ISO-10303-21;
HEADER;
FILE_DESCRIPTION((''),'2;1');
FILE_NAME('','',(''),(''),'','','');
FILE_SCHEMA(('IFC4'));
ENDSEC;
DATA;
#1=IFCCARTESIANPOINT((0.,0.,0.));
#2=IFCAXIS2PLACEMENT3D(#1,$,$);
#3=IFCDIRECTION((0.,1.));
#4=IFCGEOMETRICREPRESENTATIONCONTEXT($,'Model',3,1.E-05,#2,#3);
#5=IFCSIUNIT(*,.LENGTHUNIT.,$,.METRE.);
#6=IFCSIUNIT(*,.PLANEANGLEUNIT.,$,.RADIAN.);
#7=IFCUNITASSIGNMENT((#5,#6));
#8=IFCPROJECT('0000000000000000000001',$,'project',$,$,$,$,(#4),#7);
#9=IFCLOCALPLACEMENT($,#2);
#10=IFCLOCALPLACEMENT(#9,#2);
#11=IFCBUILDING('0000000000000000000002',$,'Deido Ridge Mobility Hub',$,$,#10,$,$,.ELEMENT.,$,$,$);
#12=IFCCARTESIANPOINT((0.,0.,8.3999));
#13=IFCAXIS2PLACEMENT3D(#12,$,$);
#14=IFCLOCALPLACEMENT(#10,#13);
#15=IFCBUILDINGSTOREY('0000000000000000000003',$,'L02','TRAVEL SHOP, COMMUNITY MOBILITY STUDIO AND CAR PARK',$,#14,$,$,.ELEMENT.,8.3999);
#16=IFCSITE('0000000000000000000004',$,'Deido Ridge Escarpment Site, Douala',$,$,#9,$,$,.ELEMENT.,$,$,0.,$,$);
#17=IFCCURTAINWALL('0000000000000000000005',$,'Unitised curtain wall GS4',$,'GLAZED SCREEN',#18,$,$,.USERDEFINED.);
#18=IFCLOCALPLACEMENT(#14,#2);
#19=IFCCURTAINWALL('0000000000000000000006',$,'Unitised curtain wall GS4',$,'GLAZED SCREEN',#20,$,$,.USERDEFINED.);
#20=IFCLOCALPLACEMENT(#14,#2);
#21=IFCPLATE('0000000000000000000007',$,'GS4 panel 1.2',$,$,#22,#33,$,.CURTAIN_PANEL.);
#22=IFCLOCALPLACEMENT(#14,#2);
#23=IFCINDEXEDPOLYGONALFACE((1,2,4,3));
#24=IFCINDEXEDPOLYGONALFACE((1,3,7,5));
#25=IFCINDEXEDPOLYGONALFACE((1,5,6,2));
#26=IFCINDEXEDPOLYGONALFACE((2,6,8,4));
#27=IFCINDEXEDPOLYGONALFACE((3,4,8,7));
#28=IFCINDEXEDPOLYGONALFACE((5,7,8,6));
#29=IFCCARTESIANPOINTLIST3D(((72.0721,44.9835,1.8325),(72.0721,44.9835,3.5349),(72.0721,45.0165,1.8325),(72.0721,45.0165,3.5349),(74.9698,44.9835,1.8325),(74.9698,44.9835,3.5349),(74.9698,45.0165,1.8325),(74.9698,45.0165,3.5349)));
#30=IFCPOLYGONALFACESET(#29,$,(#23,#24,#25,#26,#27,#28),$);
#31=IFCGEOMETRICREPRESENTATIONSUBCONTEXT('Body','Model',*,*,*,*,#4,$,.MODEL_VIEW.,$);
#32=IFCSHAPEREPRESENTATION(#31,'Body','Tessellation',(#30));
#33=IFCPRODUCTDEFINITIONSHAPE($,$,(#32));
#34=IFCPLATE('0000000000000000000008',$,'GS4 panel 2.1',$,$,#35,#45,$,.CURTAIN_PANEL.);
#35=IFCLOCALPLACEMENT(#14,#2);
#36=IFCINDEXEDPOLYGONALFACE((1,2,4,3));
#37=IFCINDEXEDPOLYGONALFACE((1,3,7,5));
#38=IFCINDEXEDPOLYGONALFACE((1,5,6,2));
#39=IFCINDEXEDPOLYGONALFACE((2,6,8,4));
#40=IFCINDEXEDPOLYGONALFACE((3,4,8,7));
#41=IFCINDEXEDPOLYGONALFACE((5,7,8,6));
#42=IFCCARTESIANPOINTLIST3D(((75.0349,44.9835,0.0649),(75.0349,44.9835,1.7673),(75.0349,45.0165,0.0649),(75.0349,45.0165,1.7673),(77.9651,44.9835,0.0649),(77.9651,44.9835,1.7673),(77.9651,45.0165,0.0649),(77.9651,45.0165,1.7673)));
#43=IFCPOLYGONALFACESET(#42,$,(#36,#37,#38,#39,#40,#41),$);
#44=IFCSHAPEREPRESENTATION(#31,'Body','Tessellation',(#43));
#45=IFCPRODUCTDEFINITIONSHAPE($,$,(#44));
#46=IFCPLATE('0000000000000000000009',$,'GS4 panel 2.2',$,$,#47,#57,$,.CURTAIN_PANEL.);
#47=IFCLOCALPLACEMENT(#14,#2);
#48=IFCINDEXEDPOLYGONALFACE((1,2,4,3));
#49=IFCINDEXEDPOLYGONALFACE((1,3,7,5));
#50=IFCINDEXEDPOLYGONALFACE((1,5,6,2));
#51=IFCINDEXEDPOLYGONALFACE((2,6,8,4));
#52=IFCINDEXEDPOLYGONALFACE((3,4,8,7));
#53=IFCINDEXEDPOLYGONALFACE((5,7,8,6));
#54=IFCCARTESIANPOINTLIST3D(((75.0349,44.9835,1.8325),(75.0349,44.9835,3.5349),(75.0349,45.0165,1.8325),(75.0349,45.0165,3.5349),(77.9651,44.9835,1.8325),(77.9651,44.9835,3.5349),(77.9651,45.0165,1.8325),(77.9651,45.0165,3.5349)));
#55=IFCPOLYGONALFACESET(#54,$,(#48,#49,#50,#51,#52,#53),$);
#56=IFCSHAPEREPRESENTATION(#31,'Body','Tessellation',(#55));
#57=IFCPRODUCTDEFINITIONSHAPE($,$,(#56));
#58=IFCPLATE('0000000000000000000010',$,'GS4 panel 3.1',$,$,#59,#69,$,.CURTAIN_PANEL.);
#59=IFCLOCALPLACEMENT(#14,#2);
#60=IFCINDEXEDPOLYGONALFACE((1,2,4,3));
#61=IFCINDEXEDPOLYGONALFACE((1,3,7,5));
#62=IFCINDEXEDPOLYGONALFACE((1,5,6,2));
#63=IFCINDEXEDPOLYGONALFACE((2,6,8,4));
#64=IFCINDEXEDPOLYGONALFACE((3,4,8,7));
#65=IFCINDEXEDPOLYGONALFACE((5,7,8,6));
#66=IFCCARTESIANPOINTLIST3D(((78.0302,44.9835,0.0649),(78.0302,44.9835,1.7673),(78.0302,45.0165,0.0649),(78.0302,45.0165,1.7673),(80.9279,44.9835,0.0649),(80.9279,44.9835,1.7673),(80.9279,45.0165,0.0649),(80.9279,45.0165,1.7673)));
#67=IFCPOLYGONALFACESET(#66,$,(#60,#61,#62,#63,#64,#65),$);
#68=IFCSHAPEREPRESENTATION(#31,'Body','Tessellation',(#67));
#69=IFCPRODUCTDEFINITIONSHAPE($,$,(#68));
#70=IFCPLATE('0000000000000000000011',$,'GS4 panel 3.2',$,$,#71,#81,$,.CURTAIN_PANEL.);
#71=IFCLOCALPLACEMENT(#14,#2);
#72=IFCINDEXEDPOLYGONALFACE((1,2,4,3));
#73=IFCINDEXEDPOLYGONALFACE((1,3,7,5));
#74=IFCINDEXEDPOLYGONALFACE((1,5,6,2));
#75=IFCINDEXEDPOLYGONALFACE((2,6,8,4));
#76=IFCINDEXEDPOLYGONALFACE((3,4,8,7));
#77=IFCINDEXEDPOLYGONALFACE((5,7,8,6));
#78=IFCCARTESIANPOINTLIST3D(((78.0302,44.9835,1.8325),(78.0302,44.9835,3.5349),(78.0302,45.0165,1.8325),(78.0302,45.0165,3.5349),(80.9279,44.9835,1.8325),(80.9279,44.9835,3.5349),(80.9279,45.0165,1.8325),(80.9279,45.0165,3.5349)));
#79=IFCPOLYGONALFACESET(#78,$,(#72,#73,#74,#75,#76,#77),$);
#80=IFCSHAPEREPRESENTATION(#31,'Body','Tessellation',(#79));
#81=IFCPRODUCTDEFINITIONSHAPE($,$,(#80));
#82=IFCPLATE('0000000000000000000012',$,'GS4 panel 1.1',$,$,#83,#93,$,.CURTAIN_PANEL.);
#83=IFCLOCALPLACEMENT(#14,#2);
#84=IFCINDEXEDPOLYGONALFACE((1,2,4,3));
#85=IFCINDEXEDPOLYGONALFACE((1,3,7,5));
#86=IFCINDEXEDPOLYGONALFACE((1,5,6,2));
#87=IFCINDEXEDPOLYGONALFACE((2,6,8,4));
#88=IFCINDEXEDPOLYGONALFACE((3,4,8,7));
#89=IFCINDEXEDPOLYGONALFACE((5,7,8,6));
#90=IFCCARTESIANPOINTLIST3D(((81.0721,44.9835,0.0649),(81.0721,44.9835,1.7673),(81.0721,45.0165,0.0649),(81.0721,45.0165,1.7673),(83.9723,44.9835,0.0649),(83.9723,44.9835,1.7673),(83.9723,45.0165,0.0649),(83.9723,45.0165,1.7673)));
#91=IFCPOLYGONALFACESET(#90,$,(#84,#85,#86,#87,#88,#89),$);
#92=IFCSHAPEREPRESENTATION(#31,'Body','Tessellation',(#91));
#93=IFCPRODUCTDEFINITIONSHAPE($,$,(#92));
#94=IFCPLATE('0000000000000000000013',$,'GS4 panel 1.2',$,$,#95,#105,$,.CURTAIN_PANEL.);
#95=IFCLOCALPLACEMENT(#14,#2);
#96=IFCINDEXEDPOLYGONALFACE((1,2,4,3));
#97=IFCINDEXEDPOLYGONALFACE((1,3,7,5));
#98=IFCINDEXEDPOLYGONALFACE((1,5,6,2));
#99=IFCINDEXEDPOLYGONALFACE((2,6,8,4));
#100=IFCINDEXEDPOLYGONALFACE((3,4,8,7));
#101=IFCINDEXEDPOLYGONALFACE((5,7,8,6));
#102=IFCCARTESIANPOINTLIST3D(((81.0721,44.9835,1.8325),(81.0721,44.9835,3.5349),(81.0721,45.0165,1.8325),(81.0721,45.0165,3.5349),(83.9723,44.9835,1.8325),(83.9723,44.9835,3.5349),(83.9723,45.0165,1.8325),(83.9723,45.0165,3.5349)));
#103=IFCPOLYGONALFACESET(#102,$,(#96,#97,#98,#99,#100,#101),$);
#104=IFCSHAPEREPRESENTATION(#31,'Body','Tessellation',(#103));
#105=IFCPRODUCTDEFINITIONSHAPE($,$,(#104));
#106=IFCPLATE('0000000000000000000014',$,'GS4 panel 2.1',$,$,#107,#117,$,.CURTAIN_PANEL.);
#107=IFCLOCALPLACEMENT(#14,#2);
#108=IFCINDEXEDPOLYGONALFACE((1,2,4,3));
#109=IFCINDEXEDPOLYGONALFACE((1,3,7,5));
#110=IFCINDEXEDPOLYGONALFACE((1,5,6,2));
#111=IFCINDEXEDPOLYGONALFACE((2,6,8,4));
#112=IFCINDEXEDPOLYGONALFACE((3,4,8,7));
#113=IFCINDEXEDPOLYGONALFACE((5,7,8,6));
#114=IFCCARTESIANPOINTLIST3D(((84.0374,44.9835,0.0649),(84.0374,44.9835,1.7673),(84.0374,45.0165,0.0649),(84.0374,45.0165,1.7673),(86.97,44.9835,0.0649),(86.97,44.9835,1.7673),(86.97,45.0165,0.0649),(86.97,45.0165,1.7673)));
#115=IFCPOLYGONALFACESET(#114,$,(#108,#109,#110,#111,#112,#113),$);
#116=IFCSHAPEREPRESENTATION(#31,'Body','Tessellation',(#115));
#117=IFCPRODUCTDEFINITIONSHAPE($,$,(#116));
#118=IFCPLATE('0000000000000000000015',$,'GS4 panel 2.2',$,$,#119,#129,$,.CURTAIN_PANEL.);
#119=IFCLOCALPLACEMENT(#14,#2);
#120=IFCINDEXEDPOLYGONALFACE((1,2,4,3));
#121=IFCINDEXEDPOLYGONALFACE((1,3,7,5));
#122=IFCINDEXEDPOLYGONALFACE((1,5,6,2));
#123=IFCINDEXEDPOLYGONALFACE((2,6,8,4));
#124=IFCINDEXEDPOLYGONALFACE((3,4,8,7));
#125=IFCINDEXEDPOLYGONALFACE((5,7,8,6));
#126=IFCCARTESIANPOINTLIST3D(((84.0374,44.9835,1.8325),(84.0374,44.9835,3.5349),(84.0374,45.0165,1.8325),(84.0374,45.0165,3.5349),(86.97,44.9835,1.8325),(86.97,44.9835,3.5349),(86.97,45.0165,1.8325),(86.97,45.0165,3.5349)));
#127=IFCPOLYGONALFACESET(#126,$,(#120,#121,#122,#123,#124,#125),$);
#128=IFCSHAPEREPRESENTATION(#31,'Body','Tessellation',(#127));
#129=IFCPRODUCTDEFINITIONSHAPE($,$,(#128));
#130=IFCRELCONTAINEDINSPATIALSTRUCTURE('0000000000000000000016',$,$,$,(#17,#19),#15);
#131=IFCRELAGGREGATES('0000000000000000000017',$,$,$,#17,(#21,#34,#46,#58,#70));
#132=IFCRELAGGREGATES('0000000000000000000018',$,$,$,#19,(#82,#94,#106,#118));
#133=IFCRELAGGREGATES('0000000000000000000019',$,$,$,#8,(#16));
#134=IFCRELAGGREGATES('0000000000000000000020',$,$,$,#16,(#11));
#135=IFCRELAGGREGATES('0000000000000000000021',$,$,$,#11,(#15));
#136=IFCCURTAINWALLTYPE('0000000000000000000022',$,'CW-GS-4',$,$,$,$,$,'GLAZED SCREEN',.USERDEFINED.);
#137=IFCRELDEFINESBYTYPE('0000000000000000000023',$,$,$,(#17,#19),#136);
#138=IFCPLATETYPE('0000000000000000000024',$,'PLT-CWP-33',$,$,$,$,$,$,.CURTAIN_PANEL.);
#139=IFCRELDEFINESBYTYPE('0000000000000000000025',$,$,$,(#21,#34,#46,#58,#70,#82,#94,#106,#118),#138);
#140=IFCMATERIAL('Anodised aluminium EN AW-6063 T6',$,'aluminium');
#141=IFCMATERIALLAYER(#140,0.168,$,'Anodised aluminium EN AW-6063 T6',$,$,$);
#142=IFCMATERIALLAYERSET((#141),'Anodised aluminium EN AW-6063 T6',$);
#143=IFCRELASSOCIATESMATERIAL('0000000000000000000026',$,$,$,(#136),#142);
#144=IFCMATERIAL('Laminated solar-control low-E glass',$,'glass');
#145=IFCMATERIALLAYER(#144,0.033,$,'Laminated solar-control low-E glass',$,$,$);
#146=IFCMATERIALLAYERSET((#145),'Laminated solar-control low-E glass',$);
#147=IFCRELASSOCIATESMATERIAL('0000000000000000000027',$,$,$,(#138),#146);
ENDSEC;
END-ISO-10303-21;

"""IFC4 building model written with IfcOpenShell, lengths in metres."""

from ifc_helpers import new_model, si_unit, direction, frame, origin, origin_2d, place, context, subcontext, project, spatial, rectangle, extrude, material, layer, layer_set, type_object, element, aggregate, save


model = new_model("IFC4")

# Units and contexts
model_context = context("Model", 3, precision=1e-05, world=origin(), true_north=direction((0.0, 1.0)))
body_context = subcontext(model_context, "Body", "Model", "MODEL_VIEW")
ifc_project = project(units=[si_unit("LENGTHUNIT", "METRE"), si_unit("PLANEANGLEUNIT", "RADIAN")], contexts=[model_context])

# Site, building, storey
site_placement = place(None, origin())
site = spatial("IfcSite", under=ifc_project, at=site_placement, Name="Deido Ridge Escarpment Site, Douala", CompositionType="ELEMENT", RefElevation=0.0)
building_placement = place(site_placement, origin())
building = spatial("IfcBuilding", under=site, at=building_placement, Name="Deido Ridge Mobility Hub", CompositionType="ELEMENT")
storey_placement = place(building_placement, frame((0.0, 0.0, 8.3999)))
storey = spatial("IfcBuildingStorey", under=building, at=storey_placement, Name="L02", Description="TRAVEL SHOP, COMMUNITY MOBILITY STUDIO AND CAR PARK", CompositionType="ELEMENT", Elevation=8.3999)

# Curtain walls
ifc_material_1 = material(Name="Anodised aluminium EN AW-6063 T6", Category="aluminium")
ifc_layer_1 = layer(ifc_material_1, 0.168, Name="Anodised aluminium EN AW-6063 T6")
ifc_layer_set_1 = layer_set([ifc_layer_1], Name="Anodised aluminium EN AW-6063 T6")
curtain_wall_type = type_object("IfcCurtainWallType", Name="CW-GS-4", ElementType="GLAZED SCREEN", PredefinedType="USERDEFINED", material=ifc_layer_set_1)
curtain_wall_1_placement = place(storey_placement, origin())
curtain_wall_1 = element("IfcCurtainWall", 1, at=curtain_wall_1_placement, inside=storey, type_object=curtain_wall_type, Name="Unitised curtain wall GS4", ObjectType="GLAZED SCREEN", PredefinedType="USERDEFINED")
curtain_wall_2_placement = place(storey_placement, origin())
curtain_wall_2 = element("IfcCurtainWall", 2, at=curtain_wall_2_placement, inside=storey, type_object=curtain_wall_type, Name="Unitised curtain wall GS4", ObjectType="GLAZED SCREEN", PredefinedType="USERDEFINED")

# Plates
ifc_material_2 = material(Name="Laminated solar-control low-E glass", Category="glass")
ifc_layer_2 = layer(ifc_material_2, 0.033, Name="Laminated solar-control low-E glass")
ifc_layer_set_2 = layer_set([ifc_layer_2], Name="Laminated solar-control low-E glass")
plate_type = type_object("IfcPlateType", Name="PLT-CWP-33", PredefinedType="CURTAIN_PANEL", material=ifc_layer_set_2)
plate_1_placement = place(storey_placement, frame((73.521, 45.0, 1.8325), z_axis=(0.0, 0.0, 1.0), x_axis=(1.0, 0.0, 0.0)))
plate_1 = element("IfcPlate", 3, at=plate_1_placement, type_object=plate_type, Name="GS4 panel 1.2", PredefinedType="CURTAIN_PANEL", context=body_context, shape_type="SweptSolid", body=[
    extrude(rectangle(XDim=2.8977, YDim=0.033, at=origin_2d()), origin(), (0.0, 0.0, 1.0), 1.7024),
])
plate_2_placement = place(storey_placement, frame((76.5, 45.0, 0.0649), z_axis=(0.0, 0.0, 1.0), x_axis=(1.0, 0.0, 0.0)))
plate_2 = element("IfcPlate", 4, at=plate_2_placement, type_object=plate_type, Name="GS4 panel 2.1", PredefinedType="CURTAIN_PANEL", context=body_context, shape_type="SweptSolid", body=[
    extrude(rectangle(XDim=2.9302, YDim=0.033, at=origin_2d()), origin(), (0.0, 0.0, 1.0), 1.7024),
])
plate_3_placement = place(storey_placement, frame((76.5, 45.0, 1.8325), z_axis=(0.0, 0.0, 1.0), x_axis=(1.0, 0.0, 0.0)))
plate_3 = element("IfcPlate", 5, at=plate_3_placement, type_object=plate_type, Name="GS4 panel 2.2", PredefinedType="CURTAIN_PANEL", context=body_context, shape_type="SweptSolid", body=[
    extrude(rectangle(XDim=2.9302, YDim=0.033, at=origin_2d()), origin(), (0.0, 0.0, 1.0), 1.7024),
])
plate_4_placement = place(storey_placement, frame((79.479, 45.0, 0.0649), z_axis=(0.0, 0.0, 1.0), x_axis=(1.0, 0.0, 0.0)))
plate_4 = element("IfcPlate", 6, at=plate_4_placement, type_object=plate_type, Name="GS4 panel 3.1", PredefinedType="CURTAIN_PANEL", context=body_context, shape_type="SweptSolid", body=[
    extrude(rectangle(XDim=2.8977, YDim=0.033, at=origin_2d()), origin(), (0.0, 0.0, 1.0), 1.7024),
])
plate_5_placement = place(storey_placement, frame((79.479, 45.0, 1.8325), z_axis=(0.0, 0.0, 1.0), x_axis=(1.0, 0.0, 0.0)))
plate_5 = element("IfcPlate", 7, at=plate_5_placement, type_object=plate_type, Name="GS4 panel 3.2", PredefinedType="CURTAIN_PANEL", context=body_context, shape_type="SweptSolid", body=[
    extrude(rectangle(XDim=2.8977, YDim=0.033, at=origin_2d()), origin(), (0.0, 0.0, 1.0), 1.7024),
])
aggregate(curtain_wall_1, [plate_1, plate_2, plate_3, plate_4, plate_5])
plate_6_placement = place(storey_placement, frame((82.5222, 45.0, 0.0649), z_axis=(0.0, 0.0, 1.0), x_axis=(1.0, 0.0, 0.0)))
plate_6 = element("IfcPlate", 8, at=plate_6_placement, type_object=plate_type, Name="GS4 panel 1.1", PredefinedType="CURTAIN_PANEL", context=body_context, shape_type="SweptSolid", body=[
    extrude(rectangle(XDim=2.9001, YDim=0.033, at=origin_2d()), origin(), (0.0, 0.0, 1.0), 1.7024),
])
plate_7_placement = place(storey_placement, frame((82.5222, 45.0, 1.8325), z_axis=(0.0, 0.0, 1.0), x_axis=(1.0, 0.0, 0.0)))
plate_7 = element("IfcPlate", 9, at=plate_7_placement, type_object=plate_type, Name="GS4 panel 1.2", PredefinedType="CURTAIN_PANEL", context=body_context, shape_type="SweptSolid", body=[
    extrude(rectangle(XDim=2.9001, YDim=0.033, at=origin_2d()), origin(), (0.0, 0.0, 1.0), 1.7024),
])
plate_8_placement = place(storey_placement, frame((85.5037, 45.0, 0.0649), z_axis=(0.0, 0.0, 1.0), x_axis=(1.0, 0.0, 0.0)))
plate_8 = element("IfcPlate", 10, at=plate_8_placement, type_object=plate_type, Name="GS4 panel 2.1", PredefinedType="CURTAIN_PANEL", context=body_context, shape_type="SweptSolid", body=[
    extrude(rectangle(XDim=2.9326, YDim=0.033, at=origin_2d()), origin(), (0.0, 0.0, 1.0), 1.7024),
])
plate_9_placement = place(storey_placement, frame((85.5037, 45.0, 1.8325), z_axis=(0.0, 0.0, 1.0), x_axis=(1.0, 0.0, 0.0)))
plate_9 = element("IfcPlate", 11, at=plate_9_placement, type_object=plate_type, Name="GS4 panel 2.2", PredefinedType="CURTAIN_PANEL", context=body_context, shape_type="SweptSolid", body=[
    extrude(rectangle(XDim=2.9326, YDim=0.033, at=origin_2d()), origin(), (0.0, 0.0, 1.0), 1.7024),
])
aggregate(curtain_wall_2, [plate_6, plate_7, plate_8, plate_9])

save(model, "model.ifc")
